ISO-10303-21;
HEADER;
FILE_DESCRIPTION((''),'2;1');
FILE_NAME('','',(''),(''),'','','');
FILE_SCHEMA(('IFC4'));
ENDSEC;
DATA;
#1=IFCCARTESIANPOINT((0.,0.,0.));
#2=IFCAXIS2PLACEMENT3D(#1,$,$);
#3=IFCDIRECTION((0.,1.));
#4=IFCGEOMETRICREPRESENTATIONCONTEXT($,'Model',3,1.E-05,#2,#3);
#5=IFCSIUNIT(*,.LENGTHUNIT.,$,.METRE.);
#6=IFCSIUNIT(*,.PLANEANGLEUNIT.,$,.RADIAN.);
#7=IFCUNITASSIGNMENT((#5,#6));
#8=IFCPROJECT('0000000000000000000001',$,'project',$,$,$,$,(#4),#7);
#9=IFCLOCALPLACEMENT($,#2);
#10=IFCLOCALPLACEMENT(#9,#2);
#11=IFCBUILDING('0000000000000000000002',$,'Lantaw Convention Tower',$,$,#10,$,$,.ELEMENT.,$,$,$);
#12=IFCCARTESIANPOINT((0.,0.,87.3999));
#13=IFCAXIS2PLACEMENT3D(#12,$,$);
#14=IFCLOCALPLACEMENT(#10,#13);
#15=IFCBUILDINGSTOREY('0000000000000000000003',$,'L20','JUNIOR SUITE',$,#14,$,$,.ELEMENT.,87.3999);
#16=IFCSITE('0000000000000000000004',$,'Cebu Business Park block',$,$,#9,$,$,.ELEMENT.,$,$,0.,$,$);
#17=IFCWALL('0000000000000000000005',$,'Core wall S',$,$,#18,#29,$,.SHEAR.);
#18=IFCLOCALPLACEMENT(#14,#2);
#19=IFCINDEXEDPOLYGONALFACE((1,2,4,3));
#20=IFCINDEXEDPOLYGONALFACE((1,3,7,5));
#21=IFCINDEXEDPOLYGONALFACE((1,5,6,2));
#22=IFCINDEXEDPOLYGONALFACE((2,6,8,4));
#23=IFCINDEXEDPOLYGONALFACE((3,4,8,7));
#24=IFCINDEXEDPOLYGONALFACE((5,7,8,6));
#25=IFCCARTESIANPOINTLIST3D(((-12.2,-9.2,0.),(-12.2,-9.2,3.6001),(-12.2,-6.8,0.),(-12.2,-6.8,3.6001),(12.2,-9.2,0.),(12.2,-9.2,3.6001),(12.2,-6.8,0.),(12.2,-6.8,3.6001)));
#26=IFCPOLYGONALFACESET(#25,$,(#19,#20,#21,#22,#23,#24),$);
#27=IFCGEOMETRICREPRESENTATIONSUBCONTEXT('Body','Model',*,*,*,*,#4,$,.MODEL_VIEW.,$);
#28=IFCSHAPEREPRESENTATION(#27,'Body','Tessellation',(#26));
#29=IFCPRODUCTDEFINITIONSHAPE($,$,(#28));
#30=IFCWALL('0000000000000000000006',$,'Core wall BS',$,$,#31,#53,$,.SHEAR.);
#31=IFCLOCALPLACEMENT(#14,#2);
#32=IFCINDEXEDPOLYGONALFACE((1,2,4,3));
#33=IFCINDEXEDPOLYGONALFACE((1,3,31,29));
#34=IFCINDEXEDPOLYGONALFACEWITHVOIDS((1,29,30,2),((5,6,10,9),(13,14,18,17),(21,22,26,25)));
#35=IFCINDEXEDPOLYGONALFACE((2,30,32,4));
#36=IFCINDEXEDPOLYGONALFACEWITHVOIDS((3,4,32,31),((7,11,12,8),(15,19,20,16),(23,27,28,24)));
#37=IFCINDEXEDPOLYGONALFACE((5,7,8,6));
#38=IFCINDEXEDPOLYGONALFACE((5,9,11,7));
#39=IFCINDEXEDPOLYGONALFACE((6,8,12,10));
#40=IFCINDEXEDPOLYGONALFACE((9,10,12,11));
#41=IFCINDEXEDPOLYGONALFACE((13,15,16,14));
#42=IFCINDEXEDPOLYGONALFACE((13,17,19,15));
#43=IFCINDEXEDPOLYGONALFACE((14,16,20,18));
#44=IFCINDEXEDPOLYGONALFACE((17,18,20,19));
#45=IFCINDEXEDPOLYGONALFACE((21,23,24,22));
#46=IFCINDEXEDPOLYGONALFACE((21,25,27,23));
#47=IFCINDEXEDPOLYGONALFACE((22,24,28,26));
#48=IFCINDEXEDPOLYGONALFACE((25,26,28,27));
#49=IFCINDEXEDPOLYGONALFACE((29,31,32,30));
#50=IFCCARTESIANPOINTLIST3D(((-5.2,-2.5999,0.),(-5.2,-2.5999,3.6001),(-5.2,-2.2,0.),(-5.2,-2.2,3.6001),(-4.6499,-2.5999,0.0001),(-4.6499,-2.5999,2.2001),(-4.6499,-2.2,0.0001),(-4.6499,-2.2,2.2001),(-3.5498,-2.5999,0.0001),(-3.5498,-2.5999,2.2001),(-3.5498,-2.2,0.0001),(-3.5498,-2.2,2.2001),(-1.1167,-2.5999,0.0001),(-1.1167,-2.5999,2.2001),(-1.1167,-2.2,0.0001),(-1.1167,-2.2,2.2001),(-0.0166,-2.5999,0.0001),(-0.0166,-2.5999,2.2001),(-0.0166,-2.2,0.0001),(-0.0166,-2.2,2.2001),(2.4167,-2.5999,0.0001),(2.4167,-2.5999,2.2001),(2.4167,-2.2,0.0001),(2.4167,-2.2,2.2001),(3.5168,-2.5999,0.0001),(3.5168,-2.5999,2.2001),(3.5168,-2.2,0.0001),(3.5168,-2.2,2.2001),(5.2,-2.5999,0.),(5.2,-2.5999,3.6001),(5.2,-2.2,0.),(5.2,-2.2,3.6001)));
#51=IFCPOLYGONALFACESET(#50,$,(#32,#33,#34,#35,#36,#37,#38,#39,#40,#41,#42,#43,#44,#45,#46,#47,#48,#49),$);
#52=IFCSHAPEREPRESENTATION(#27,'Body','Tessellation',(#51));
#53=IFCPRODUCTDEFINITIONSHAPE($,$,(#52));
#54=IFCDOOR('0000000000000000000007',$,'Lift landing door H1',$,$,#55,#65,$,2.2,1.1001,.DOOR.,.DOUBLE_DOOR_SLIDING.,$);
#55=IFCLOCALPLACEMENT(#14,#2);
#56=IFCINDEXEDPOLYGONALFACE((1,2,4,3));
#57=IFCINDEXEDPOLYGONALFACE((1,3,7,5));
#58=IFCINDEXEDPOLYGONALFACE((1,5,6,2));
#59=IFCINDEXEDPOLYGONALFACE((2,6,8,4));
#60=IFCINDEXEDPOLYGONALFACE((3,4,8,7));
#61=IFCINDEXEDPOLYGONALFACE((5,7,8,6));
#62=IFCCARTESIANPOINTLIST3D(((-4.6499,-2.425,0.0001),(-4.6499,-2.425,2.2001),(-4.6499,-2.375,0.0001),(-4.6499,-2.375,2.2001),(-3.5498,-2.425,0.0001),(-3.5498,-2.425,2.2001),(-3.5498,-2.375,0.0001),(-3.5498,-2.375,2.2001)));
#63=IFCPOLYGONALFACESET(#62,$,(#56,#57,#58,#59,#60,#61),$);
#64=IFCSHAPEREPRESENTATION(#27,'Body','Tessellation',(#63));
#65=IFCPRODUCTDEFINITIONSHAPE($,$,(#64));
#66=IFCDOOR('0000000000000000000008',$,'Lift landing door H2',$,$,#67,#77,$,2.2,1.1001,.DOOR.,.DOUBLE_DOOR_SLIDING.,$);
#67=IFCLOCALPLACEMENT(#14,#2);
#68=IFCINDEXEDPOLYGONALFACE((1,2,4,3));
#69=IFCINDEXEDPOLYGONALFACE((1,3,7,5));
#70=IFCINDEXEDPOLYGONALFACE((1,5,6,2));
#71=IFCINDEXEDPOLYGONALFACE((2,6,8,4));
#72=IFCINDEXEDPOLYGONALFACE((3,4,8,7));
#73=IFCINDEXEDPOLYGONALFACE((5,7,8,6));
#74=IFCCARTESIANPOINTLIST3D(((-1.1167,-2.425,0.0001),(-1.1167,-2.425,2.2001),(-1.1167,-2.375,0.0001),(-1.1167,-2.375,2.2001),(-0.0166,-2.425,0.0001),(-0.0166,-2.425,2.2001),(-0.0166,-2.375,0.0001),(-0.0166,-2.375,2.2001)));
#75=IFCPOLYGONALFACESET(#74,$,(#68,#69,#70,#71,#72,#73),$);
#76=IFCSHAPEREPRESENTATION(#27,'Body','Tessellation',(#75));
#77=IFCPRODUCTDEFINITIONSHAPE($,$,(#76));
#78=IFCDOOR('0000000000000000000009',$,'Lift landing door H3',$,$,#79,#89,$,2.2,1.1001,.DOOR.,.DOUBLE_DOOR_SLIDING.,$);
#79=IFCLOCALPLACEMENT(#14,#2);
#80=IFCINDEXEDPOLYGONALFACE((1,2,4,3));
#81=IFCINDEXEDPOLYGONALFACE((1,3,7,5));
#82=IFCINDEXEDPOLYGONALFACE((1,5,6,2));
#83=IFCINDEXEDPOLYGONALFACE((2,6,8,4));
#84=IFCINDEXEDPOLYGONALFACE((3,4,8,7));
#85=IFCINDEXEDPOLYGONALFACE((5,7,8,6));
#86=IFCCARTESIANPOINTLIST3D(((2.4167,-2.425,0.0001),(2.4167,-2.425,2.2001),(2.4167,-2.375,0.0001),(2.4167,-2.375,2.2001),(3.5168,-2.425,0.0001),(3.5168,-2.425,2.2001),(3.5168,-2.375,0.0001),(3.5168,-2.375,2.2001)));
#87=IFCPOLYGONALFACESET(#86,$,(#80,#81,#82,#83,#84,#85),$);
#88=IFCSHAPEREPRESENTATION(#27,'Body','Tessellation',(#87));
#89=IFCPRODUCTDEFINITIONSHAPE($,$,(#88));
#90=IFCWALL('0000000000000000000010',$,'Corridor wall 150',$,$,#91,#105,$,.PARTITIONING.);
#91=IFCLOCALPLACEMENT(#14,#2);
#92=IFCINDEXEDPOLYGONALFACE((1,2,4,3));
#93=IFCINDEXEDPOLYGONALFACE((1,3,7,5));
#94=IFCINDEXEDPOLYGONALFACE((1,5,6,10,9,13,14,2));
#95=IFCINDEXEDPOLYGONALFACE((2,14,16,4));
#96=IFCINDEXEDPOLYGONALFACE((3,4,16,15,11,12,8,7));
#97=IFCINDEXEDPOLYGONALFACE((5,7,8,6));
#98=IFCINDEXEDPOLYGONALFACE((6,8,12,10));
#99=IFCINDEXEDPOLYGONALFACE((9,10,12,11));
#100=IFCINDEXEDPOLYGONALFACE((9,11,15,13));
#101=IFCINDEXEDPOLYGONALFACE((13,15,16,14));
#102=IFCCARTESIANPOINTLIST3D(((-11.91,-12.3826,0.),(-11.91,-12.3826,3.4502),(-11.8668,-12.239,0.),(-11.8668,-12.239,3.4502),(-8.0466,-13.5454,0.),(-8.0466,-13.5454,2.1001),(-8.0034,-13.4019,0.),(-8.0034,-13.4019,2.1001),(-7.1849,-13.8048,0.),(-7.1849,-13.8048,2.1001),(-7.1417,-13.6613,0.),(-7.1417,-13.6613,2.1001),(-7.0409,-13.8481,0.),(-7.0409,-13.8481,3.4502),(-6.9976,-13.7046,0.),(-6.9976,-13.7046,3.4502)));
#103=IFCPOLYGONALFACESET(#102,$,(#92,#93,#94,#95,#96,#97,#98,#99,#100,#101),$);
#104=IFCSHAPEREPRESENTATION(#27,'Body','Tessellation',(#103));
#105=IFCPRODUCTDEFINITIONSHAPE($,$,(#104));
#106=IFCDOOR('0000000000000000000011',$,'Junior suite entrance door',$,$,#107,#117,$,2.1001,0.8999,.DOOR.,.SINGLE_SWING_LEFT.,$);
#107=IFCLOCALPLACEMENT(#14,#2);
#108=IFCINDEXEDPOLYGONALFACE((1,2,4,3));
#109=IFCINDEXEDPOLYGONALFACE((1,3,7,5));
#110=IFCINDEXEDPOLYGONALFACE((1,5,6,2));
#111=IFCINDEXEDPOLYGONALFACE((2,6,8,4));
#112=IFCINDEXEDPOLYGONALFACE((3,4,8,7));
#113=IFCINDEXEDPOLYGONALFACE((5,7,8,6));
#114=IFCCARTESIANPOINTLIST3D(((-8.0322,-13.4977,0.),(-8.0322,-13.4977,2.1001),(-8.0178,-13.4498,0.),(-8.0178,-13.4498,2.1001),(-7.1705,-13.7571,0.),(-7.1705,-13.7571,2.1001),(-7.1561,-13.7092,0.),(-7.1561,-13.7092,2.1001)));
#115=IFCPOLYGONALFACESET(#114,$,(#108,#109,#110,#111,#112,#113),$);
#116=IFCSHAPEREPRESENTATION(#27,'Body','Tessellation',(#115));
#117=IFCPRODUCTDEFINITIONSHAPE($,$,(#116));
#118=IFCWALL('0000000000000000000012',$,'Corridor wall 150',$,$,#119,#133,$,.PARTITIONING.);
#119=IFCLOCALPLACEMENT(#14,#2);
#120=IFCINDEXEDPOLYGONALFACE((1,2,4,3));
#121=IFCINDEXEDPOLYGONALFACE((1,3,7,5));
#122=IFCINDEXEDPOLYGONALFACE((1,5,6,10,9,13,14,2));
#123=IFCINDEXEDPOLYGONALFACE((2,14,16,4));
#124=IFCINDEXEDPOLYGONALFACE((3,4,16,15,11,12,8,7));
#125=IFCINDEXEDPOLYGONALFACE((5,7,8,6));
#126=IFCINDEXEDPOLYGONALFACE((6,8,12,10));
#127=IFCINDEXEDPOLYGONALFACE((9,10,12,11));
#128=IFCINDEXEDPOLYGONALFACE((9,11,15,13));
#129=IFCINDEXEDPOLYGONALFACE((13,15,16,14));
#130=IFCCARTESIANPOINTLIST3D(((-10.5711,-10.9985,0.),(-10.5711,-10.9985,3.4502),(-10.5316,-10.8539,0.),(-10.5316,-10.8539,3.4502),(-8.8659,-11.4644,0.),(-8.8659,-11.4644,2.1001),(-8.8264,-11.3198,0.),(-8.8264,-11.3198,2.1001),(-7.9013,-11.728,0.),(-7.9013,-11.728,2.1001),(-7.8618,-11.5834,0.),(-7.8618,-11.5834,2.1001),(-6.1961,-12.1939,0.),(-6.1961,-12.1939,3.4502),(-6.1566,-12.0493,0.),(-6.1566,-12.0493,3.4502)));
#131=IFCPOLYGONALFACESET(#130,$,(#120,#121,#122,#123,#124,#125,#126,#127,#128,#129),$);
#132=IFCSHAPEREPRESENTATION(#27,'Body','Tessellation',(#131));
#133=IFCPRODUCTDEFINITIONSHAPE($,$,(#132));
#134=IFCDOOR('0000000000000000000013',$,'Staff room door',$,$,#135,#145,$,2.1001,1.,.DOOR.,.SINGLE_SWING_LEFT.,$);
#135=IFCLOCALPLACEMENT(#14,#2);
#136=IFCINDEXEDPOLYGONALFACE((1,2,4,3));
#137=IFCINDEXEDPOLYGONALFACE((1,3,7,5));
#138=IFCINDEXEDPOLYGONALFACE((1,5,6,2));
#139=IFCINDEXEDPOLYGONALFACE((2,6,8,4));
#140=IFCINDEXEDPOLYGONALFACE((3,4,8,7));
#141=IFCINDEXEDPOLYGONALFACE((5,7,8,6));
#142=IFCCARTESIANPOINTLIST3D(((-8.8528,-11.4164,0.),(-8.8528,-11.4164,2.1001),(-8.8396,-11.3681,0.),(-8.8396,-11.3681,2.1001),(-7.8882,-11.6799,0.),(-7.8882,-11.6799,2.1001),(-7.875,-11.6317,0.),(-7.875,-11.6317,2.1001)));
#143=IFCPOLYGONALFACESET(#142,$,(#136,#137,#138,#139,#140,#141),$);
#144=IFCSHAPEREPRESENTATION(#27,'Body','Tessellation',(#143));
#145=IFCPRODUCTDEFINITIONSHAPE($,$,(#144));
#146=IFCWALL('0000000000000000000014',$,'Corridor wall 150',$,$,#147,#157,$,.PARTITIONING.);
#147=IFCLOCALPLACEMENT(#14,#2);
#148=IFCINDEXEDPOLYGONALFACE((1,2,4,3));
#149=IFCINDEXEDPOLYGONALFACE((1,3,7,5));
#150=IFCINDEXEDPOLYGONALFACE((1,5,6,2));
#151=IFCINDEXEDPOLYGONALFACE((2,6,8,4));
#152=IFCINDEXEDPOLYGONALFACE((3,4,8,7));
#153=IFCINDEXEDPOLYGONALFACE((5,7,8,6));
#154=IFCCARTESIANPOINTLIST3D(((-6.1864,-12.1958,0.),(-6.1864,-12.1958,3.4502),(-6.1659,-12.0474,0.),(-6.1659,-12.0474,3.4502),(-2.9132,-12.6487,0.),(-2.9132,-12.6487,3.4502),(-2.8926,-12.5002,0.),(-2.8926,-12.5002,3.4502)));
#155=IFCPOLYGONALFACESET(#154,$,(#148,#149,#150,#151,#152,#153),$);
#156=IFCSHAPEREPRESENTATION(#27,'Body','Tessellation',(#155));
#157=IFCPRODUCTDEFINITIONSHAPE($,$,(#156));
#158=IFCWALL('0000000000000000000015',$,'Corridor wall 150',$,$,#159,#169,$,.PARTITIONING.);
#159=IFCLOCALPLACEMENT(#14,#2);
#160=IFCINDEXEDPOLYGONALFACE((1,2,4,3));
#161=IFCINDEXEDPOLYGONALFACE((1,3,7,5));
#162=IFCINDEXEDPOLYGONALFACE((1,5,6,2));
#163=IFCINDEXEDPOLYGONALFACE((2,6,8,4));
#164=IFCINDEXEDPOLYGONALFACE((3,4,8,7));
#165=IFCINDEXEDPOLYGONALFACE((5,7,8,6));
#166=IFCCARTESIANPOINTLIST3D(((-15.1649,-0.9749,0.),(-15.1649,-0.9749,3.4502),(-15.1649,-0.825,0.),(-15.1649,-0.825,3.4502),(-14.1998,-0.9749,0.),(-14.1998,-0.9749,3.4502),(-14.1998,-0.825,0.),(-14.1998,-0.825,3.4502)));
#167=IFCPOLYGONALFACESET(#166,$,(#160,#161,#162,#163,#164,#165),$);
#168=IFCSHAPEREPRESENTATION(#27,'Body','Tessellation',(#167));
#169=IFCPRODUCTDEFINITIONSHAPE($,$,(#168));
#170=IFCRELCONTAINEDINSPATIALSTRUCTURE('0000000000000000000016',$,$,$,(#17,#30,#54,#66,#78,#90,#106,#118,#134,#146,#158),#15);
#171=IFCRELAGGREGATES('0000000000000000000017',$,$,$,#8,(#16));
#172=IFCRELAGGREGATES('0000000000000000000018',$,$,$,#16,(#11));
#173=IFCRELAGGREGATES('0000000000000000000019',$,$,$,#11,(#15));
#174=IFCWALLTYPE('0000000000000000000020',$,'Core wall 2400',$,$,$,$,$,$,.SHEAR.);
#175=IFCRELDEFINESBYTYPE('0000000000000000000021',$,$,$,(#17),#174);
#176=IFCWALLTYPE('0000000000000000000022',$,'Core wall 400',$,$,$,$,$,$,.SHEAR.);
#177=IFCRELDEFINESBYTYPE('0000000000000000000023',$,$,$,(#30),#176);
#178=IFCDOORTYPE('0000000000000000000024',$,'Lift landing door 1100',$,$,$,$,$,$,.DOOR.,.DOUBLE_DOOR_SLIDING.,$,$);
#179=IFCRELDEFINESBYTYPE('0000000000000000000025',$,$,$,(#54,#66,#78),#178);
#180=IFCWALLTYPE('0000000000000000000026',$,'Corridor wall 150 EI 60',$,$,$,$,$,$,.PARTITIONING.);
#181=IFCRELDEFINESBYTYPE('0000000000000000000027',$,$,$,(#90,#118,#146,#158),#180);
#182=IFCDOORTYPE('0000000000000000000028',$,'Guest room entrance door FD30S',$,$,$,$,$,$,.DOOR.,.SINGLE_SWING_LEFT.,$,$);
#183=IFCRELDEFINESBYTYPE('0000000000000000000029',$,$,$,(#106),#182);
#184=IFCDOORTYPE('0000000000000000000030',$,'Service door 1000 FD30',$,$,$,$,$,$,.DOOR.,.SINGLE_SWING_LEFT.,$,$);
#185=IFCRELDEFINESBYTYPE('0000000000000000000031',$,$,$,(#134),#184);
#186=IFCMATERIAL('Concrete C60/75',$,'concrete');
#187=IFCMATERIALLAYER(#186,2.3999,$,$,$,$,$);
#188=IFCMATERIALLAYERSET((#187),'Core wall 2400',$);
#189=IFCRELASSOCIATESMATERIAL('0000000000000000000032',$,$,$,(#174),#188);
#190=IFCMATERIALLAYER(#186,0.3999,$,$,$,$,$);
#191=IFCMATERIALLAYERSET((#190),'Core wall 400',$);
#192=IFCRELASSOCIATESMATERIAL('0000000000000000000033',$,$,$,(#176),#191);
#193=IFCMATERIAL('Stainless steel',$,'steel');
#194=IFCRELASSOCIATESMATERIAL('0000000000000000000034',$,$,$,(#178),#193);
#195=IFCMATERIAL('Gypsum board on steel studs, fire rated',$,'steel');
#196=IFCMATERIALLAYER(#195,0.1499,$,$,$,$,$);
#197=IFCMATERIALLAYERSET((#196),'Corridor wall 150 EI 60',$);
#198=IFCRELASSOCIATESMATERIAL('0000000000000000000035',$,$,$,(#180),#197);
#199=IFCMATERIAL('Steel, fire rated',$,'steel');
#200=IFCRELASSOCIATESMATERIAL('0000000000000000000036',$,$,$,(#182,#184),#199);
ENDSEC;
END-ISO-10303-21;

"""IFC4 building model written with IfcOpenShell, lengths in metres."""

from ifc_helpers import new_model, si_unit, direction, frame, frame_2d, origin, place, context, subcontext, project, spatial, rectangle, extrude, material, layer, layer_set, type_object, element, fill, save


model = new_model("IFC4")

# Units and contexts
model_context = context("Model", 3, precision=1e-05, world=origin(), true_north=direction((0.0, 1.0)))
body_context = subcontext(model_context, "Body", "Model", "MODEL_VIEW")
ifc_project = project(units=[si_unit("LENGTHUNIT", "METRE"), si_unit("PLANEANGLEUNIT", "RADIAN")], contexts=[model_context])

# Site, building, storey
site_placement = place(None, origin())
site = spatial("IfcSite", under=ifc_project, at=site_placement, Name="Cebu Business Park block", CompositionType="ELEMENT", RefElevation=0.0)
building_placement = place(site_placement, origin())
building = spatial("IfcBuilding", under=site, at=building_placement, Name="Lantaw Convention Tower", CompositionType="ELEMENT")
storey_placement = place(building_placement, frame((0.0, 0.0, 87.3999)))
storey = spatial("IfcBuildingStorey", under=building, at=storey_placement, Name="L20", Description="JUNIOR SUITE", CompositionType="ELEMENT", Elevation=87.3999)

# Shared definitions
ifc_material_1 = material(Name="Concrete C60/75", Category="concrete")
ifc_material_2 = material(Name="Steel, fire rated", Category="steel")

# Wall
ifc_layer_1 = layer(ifc_material_1, 2.3999)
ifc_layer_set_1 = layer_set([ifc_layer_1], Name="Core wall 2400")
wall_type_1 = type_object("IfcWallType", Name="Core wall 2400", PredefinedType="SHEAR", material=ifc_layer_set_1)
wall_1_placement = place(storey_placement, frame((-12.2, -8.0, 0.0), z_axis=(0.0, 0.0, 1.0), x_axis=(1.0, 0.0, 0.0)))
element("IfcWall", 1, at=wall_1_placement, inside=storey, type_object=wall_type_1, Name="Core wall S", PredefinedType="SHEAR", context=body_context, shape_type="SweptSolid", body=[
    extrude(rectangle(XDim=24.3999, YDim=2.3999, at=frame_2d((12.2, 0.0))), origin(), (0.0, 0.0, 1.0), 3.6001),
])

# Wall, openings, doors
ifc_layer_2 = layer(ifc_material_1, 0.3999)
ifc_layer_set_2 = layer_set([ifc_layer_2], Name="Core wall 400")
wall_type_2 = type_object("IfcWallType", Name="Core wall 400", PredefinedType="SHEAR", material=ifc_layer_set_2)
wall_2_placement = place(storey_placement, frame((-5.2, -2.3999, 0.0), z_axis=(0.0, 0.0, 1.0), x_axis=(1.0, 0.0, 0.0)))
wall_2 = element("IfcWall", 2, at=wall_2_placement, inside=storey, type_object=wall_type_2, Name="Core wall BS", PredefinedType="SHEAR", context=body_context, shape_type="SweptSolid", body=[
    extrude(rectangle(XDim=10.3999, YDim=0.3999, at=frame_2d((5.2, 0.0))), origin(), (0.0, 0.0, 1.0), 3.6001),
])
opening_1_placement = place(wall_2_placement, frame((0.55, 0.0, 0.0)))
opening_1 = element("IfcOpeningElement", 3, at=opening_1_placement, cuts=wall_2, PredefinedType="OPENING", context=body_context, shape_type="SweptSolid", body=[
    extrude(rectangle(XDim=1.1001, YDim=2.2, at=frame_2d((0.55, 1.1001))), frame((0.0, 0.21, 0.0), z_axis=(0.0, -1.0, 0.0), x_axis=(1.0, 0.0, 0.0)), (0.0, 0.0, 1.0), 0.4199),
])
opening_2_placement = place(wall_2_placement, frame((4.0833, 0.0, 0.0)))
opening_2 = element("IfcOpeningElement", 4, at=opening_2_placement, cuts=wall_2, PredefinedType="OPENING", context=body_context, shape_type="SweptSolid", body=[
    extrude(rectangle(XDim=1.1001, YDim=2.2, at=frame_2d((0.55, 1.1001))), frame((0.0, 0.21, 0.0), z_axis=(0.0, -1.0, 0.0), x_axis=(1.0, 0.0, 0.0)), (0.0, 0.0, 1.0), 0.4199),
])
opening_3_placement = place(wall_2_placement, frame((7.6167, 0.0, 0.0)))
opening_3 = element("IfcOpeningElement", 5, at=opening_3_placement, cuts=wall_2, PredefinedType="OPENING", context=body_context, shape_type="SweptSolid", body=[
    extrude(rectangle(XDim=1.1001, YDim=2.2, at=frame_2d((0.55, 1.1001))), frame((0.0, 0.21, 0.0), z_axis=(0.0, -1.0, 0.0), x_axis=(1.0, 0.0, 0.0)), (0.0, 0.0, 1.0), 0.4199),
])
ifc_material_3 = material(Name="Stainless steel", Category="steel")
door_type_1 = type_object("IfcDoorType", Name="Lift landing door 1100", OperationType="DOUBLE_DOOR_SLIDING", PredefinedType="DOOR", material=ifc_material_3)
door_1_placement = place(opening_1_placement, origin())
door_1 = element("IfcDoor", 6, at=door_1_placement, inside=storey, type_object=door_type_1, Name="Lift landing door H1", OperationType="DOUBLE_DOOR_SLIDING", OverallHeight=2.2, OverallWidth=1.1001, PredefinedType="DOOR", context=body_context, shape_type="SweptSolid", body=[
    extrude(rectangle(XDim=1.1001, YDim=2.2, at=frame_2d((0.55, 1.1001))), frame((0.0, 0.0249, 0.0), z_axis=(0.0, -1.0, 0.0), x_axis=(1.0, 0.0, 0.0)), (0.0, 0.0, 1.0), 0.05),
])
fill(opening_1, door_1)
door_2_placement = place(opening_2_placement, origin())
door_2 = element("IfcDoor", 7, at=door_2_placement, inside=storey, type_object=door_type_1, Name="Lift landing door H2", OperationType="DOUBLE_DOOR_SLIDING", OverallHeight=2.2, OverallWidth=1.1001, PredefinedType="DOOR", context=body_context, shape_type="SweptSolid", body=[
    extrude(rectangle(XDim=1.1001, YDim=2.2, at=frame_2d((0.55, 1.1001))), frame((0.0, 0.0249, 0.0), z_axis=(0.0, -1.0, 0.0), x_axis=(1.0, 0.0, 0.0)), (0.0, 0.0, 1.0), 0.05),
])
fill(opening_2, door_2)
door_3_placement = place(opening_3_placement, origin())
door_3 = element("IfcDoor", 8, at=door_3_placement, inside=storey, type_object=door_type_1, Name="Lift landing door H3", OperationType="DOUBLE_DOOR_SLIDING", OverallHeight=2.2, OverallWidth=1.1001, PredefinedType="DOOR", context=body_context, shape_type="SweptSolid", body=[
    extrude(rectangle(XDim=1.1001, YDim=2.2, at=frame_2d((0.55, 1.1001))), frame((0.0, 0.0249, 0.0), z_axis=(0.0, -1.0, 0.0), x_axis=(1.0, 0.0, 0.0)), (0.0, 0.0, 1.0), 0.05),
])
fill(opening_3, door_3)

# Walls, openings, doors
ifc_material_4 = material(Name="Gypsum board on steel studs, fire rated", Category="steel")
ifc_layer_3 = layer(ifc_material_4, 0.1499)
ifc_layer_set_3 = layer_set([ifc_layer_3], Name="Corridor wall 150 EI 60")
wall_type_3 = type_object("IfcWallType", Name="Corridor wall 150 EI 60", PredefinedType="PARTITIONING", material=ifc_layer_set_3)
wall_3_placement = place(storey_placement, frame((-11.8884, -12.3108, 0.0), z_axis=(0.0, 0.0, 1.0), x_axis=(0.957564, -0.28822, 0.0)))
wall_3 = element("IfcWall", 9, at=wall_3_placement, inside=storey, type_object=wall_type_3, Name="Corridor wall 150", PredefinedType="PARTITIONING", context=body_context, shape_type="SweptSolid", body=[
    extrude(rectangle(XDim=5.085, YDim=0.1499, at=frame_2d((2.5425, 0.0))), origin(), (0.0, 0.0, 1.0), 3.4502),
])
opening_4_placement = place(wall_3_placement, frame((4.0347, 0.0, 0.0)))
opening_4 = element("IfcOpeningElement", 10, at=opening_4_placement, cuts=wall_3, PredefinedType="OPENING", context=body_context, shape_type="SweptSolid", body=[
    extrude(rectangle(XDim=0.8999, YDim=2.1001, at=frame_2d((0.45, 1.05))), frame((0.0, 0.085, 0.0), z_axis=(0.0, -1.0, 0.0), x_axis=(1.0, 0.0, 0.0)), (0.0, 0.0, 1.0), 0.1699),
])
door_type_2 = type_object("IfcDoorType", Name="Guest room entrance door FD30S", OperationType="SINGLE_SWING_LEFT", PredefinedType="DOOR", material=ifc_material_2)
door_4_placement = place(opening_4_placement, origin())
door_4 = element("IfcDoor", 11, at=door_4_placement, inside=storey, type_object=door_type_2, Name="Junior suite entrance door", OperationType="SINGLE_SWING_LEFT", OverallHeight=2.1001, OverallWidth=0.8999, PredefinedType="DOOR", context=body_context, shape_type="SweptSolid", body=[
    extrude(rectangle(XDim=0.8999, YDim=2.1001, at=frame_2d((0.45, 1.05))), frame((0.0, 0.0249, 0.0), z_axis=(0.0, -1.0, 0.0), x_axis=(1.0, 0.0, 0.0)), (0.0, 0.0, 1.0), 0.05),
])
fill(opening_4, door_4)
wall_4_placement = place(storey_placement, frame((-10.5513, -10.9263, 0.0), z_axis=(0.0, 0.0, 1.0), x_axis=(0.964644, -0.263555, 0.0)))
wall_4 = element("IfcWall", 12, at=wall_4_placement, inside=storey, type_object=wall_type_3, Name="Corridor wall 150", PredefinedType="PARTITIONING", context=body_context, shape_type="SweptSolid", body=[
    extrude(rectangle(XDim=4.5354, YDim=0.1499, at=frame_2d((2.2676, 0.0))), origin(), (0.0, 0.0, 1.0), 3.4502),
])
opening_5_placement = place(wall_4_placement, frame((1.7676, 0.0, 0.0)))
opening_5 = element("IfcOpeningElement", 13, at=opening_5_placement, cuts=wall_4, PredefinedType="OPENING", context=body_context, shape_type="SweptSolid", body=[
    extrude(rectangle(XDim=1.0, YDim=2.1001, at=frame_2d((0.5, 1.05))), frame((0.0, 0.085, 0.0), z_axis=(0.0, -1.0, 0.0), x_axis=(1.0, 0.0, 0.0)), (0.0, 0.0, 1.0), 0.1699),
])
door_type_3 = type_object("IfcDoorType", Name="Service door 1000 FD30", OperationType="SINGLE_SWING_LEFT", PredefinedType="DOOR", material=ifc_material_2)
door_5_placement = place(opening_5_placement, origin())
door_5 = element("IfcDoor", 14, at=door_5_placement, inside=storey, type_object=door_type_3, Name="Staff room door", OperationType="SINGLE_SWING_LEFT", OverallHeight=2.1001, OverallWidth=1.0, PredefinedType="DOOR", context=body_context, shape_type="SweptSolid", body=[
    extrude(rectangle(XDim=1.0, YDim=2.1001, at=frame_2d((0.5, 1.05))), frame((0.0, 0.0249, 0.0), z_axis=(0.0, -1.0, 0.0), x_axis=(1.0, 0.0, 0.0)), (0.0, 0.0, 1.0), 0.05),
])
fill(opening_5, door_5)

# Walls
wall_5_placement = place(storey_placement, frame((-6.1763, -12.1216, 0.0), z_axis=(0.0, 0.0, 1.0), x_axis=(0.990563, -0.137055, 0.0)))
element("IfcWall", 15, at=wall_5_placement, inside=storey, type_object=wall_type_3, Name="Corridor wall 150", PredefinedType="PARTITIONING", context=body_context, shape_type="SweptSolid", body=[
    extrude(rectangle(XDim=3.3044, YDim=0.1499, at=frame_2d((1.6523, 0.0))), origin(), (0.0, 0.0, 1.0), 3.4502),
])
wall_6_placement = place(storey_placement, frame((-14.2, -0.8999, 0.0), z_axis=(0.0, 0.0, 1.0), x_axis=(-1.0, 0.0, 0.0)))
element("IfcWall", 16, at=wall_6_placement, inside=storey, type_object=wall_type_3, Name="Corridor wall 150", PredefinedType="PARTITIONING", context=body_context, shape_type="SweptSolid", body=[
    extrude(rectangle(XDim=0.9651, YDim=0.1499, at=frame_2d((0.4824, 0.0))), origin(), (0.0, 0.0, 1.0), 3.4502),
])

save(model, "model.ifc")
